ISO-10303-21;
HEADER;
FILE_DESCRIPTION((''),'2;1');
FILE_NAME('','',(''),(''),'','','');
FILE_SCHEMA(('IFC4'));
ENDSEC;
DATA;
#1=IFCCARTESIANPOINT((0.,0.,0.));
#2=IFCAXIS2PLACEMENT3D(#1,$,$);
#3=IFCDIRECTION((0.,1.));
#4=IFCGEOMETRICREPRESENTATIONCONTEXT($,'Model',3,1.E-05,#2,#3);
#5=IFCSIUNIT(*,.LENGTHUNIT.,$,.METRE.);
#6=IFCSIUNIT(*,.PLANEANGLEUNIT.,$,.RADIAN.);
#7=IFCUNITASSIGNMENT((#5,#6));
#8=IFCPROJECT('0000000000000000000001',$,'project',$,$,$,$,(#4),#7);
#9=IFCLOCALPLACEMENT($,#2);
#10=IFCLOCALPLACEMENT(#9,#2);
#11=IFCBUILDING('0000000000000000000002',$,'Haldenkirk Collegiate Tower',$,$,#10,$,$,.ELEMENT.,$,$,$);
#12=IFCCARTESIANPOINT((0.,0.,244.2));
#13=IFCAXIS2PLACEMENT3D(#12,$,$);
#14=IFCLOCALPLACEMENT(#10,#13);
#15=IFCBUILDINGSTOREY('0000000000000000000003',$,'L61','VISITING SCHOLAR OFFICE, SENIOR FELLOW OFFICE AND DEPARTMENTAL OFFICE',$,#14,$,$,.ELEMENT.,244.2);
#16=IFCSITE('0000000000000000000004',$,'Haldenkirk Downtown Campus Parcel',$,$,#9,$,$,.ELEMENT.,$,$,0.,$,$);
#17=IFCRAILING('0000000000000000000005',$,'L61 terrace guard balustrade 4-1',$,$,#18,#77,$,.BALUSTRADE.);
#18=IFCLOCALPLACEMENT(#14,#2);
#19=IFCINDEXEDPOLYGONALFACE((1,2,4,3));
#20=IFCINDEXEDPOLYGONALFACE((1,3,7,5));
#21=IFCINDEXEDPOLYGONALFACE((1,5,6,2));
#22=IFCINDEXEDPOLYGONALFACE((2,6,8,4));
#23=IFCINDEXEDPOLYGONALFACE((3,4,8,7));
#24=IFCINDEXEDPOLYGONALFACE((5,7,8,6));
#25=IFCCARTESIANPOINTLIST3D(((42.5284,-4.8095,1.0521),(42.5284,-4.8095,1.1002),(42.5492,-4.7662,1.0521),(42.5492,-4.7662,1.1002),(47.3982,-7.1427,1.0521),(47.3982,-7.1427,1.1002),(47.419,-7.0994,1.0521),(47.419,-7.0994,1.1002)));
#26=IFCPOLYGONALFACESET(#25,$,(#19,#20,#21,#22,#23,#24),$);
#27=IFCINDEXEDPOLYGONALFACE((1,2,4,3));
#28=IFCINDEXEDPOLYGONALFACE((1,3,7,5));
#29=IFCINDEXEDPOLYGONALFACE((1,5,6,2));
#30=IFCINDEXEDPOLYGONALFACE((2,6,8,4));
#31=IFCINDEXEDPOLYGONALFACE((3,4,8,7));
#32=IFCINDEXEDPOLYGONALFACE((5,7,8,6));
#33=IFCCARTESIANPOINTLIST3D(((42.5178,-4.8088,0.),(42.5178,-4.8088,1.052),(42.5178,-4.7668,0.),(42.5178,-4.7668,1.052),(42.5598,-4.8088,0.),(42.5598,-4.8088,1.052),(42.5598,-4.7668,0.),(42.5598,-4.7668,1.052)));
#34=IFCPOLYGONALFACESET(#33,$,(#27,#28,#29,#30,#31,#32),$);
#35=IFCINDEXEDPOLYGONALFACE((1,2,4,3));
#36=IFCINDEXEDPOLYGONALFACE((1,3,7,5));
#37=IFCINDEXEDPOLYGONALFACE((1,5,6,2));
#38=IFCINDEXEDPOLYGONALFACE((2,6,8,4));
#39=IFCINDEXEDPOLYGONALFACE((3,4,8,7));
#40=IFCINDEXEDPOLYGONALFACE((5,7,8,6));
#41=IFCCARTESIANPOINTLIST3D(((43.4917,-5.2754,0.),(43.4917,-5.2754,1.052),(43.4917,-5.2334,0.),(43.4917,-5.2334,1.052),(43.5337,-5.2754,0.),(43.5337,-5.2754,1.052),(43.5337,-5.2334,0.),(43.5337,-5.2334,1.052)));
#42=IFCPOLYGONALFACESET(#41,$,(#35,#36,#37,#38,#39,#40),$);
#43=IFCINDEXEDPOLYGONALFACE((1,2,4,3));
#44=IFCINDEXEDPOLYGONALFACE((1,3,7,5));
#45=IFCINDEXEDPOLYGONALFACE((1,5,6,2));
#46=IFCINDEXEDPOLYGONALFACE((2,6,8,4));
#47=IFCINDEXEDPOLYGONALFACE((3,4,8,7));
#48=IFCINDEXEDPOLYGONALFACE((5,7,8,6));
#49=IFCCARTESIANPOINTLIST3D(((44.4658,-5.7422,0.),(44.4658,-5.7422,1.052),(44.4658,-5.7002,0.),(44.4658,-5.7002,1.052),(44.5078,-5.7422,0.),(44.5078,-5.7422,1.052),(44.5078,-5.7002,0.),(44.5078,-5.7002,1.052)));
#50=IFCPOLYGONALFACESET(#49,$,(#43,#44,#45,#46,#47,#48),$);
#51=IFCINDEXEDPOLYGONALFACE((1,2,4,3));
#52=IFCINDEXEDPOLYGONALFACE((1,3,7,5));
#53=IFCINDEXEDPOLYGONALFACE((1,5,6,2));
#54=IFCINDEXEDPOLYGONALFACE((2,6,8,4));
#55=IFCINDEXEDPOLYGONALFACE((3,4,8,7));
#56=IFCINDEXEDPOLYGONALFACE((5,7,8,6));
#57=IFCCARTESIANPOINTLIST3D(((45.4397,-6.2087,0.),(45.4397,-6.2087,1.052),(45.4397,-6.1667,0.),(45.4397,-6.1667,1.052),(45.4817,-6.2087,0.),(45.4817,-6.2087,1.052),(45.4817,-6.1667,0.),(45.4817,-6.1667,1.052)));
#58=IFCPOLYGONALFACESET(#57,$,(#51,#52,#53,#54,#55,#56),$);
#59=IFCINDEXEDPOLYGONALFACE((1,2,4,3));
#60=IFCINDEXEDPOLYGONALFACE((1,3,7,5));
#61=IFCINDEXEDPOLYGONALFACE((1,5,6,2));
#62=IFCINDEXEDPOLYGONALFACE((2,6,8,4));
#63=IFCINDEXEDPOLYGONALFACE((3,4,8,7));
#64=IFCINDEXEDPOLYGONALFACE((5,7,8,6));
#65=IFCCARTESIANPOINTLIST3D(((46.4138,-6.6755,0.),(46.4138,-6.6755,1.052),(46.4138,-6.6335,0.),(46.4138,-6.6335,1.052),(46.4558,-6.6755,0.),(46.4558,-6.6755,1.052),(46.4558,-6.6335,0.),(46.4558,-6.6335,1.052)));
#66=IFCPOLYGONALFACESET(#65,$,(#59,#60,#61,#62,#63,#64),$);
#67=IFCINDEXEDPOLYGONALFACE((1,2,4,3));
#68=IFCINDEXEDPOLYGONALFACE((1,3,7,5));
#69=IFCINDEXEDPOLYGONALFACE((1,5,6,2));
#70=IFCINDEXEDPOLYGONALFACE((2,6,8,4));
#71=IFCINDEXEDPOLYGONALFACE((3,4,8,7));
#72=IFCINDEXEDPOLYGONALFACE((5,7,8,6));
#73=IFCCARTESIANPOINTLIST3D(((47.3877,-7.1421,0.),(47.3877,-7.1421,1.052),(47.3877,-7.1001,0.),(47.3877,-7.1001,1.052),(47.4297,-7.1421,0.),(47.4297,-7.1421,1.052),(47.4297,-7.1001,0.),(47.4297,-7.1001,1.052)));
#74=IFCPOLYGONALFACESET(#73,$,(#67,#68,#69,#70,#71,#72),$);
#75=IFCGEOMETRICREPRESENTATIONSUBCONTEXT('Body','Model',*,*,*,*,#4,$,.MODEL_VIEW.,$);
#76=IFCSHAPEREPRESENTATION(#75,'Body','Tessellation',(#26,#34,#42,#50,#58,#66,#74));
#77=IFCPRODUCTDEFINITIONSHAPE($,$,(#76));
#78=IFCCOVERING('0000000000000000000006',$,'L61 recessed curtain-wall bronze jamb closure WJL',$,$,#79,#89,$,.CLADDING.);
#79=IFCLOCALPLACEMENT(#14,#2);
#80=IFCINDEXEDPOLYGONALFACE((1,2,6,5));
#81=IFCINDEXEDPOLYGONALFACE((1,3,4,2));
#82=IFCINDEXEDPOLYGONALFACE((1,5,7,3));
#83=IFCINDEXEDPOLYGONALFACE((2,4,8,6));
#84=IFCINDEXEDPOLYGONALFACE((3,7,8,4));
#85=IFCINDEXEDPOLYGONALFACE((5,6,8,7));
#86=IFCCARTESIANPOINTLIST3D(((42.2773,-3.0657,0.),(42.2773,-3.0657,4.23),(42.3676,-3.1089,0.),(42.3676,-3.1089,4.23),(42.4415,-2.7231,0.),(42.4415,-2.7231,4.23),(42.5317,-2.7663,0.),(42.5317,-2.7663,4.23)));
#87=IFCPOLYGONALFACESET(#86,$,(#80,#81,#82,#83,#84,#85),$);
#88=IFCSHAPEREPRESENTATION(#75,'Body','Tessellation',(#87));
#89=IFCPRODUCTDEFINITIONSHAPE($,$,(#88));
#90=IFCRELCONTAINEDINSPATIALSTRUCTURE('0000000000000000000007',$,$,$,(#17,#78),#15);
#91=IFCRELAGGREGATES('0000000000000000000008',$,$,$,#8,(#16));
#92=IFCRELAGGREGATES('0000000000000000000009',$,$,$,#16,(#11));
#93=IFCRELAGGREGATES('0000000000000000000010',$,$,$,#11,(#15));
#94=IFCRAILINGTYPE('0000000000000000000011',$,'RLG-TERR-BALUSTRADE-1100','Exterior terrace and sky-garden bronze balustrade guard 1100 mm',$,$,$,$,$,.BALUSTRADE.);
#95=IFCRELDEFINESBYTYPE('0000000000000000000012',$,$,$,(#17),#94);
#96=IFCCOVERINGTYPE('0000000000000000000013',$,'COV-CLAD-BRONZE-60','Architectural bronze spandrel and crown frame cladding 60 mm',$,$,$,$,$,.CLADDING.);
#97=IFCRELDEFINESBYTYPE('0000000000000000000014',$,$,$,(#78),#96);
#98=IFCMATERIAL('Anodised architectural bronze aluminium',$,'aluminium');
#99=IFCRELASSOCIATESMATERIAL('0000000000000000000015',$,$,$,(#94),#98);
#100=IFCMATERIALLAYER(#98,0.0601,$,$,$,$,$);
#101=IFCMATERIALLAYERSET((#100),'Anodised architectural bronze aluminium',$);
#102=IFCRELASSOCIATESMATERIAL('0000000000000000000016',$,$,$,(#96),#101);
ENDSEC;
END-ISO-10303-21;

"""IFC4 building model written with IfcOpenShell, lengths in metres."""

from ifc_helpers import new_model, si_unit, direction, frame, origin, origin_2d, place, context, subcontext, project, spatial, rectangle, extrude, source, transform, mapped, material, layer, layer_set, type_object, element, save


model = new_model("IFC4")

# Units and contexts
model_context = context("Model", 3, precision=1e-05, world=origin(), true_north=direction((0.0, 1.0)))
body_context = subcontext(model_context, "Body", "Model", "MODEL_VIEW")
ifc_project = project(units=[si_unit("LENGTHUNIT", "METRE"), si_unit("PLANEANGLEUNIT", "RADIAN")], contexts=[model_context])

# Site, building, storey
site_placement = place(None, origin())
site = spatial("IfcSite", under=ifc_project, at=site_placement, Name="Haldenkirk Downtown Campus Parcel", CompositionType="ELEMENT", RefElevation=0.0)
building_placement = place(site_placement, origin())
building = spatial("IfcBuilding", under=site, at=building_placement, Name="Haldenkirk Collegiate Tower", CompositionType="ELEMENT")
storey_placement = place(building_placement, frame((0.0, 0.0, 244.2)))
storey = spatial("IfcBuildingStorey", under=building, at=storey_placement, Name="L61", Description="VISITING SCHOLAR OFFICE, SENIOR FELLOW OFFICE AND DEPARTMENTAL OFFICE", CompositionType="ELEMENT", Elevation=244.2)

# Shared definitions
ifc_material_1 = material(Name="Anodised architectural bronze aluminium", Category="aluminium")

# Railing
railing_type = type_object("IfcRailingType", Name="RLG-TERR-BALUSTRADE-1100", Description="Exterior terrace and sky-garden bronze balustrade guard 1100 mm", PredefinedType="BALUSTRADE", material=ifc_material_1)
railing_1_placement = place(storey_placement, frame((42.5388, -4.7878, 0.0)))
element("IfcRailing", 1, at=railing_1_placement, inside=storey, type_object=railing_type, Name="L61 terrace guard balustrade 4-1", PredefinedType="BALUSTRADE", context=body_context, shape_type="SweptSolid", body=[
    extrude(rectangle(XDim=0.0481, YDim=0.0481, at=origin_2d()), frame((0.0, 0.0, 1.0762), z_axis=(0.901833, -0.432086, 0.0), x_axis=(0.432086, 0.901833, 0.0)), (0.0, 0.0, 1.0), 5.3999),
    extrude(rectangle(XDim=0.042, YDim=0.042, at=origin_2d()), origin(), (0.0, 0.0, 1.0), 1.052),
    extrude(rectangle(XDim=0.042, YDim=0.042, at=origin_2d()), frame((0.9739, -0.4666, 0.0)), (0.0, 0.0, 1.0), 1.052),
    extrude(rectangle(XDim=0.042, YDim=0.042, at=origin_2d()), frame((1.948, -0.9333, 0.0)), (0.0, 0.0, 1.0), 1.052),
    extrude(rectangle(XDim=0.042, YDim=0.042, at=origin_2d()), frame((2.9219, -1.3999, 0.0)), (0.0, 0.0, 1.0), 1.052),
    extrude(rectangle(XDim=0.042, YDim=0.042, at=origin_2d()), frame((3.896, -1.8667, 0.0)), (0.0, 0.0, 1.0), 1.052),
    extrude(rectangle(XDim=0.042, YDim=0.042, at=origin_2d()), frame((4.8699, -2.3333, 0.0)), (0.0, 0.0, 1.0), 1.052),
])

# Covering
ifc_layer_1 = layer(ifc_material_1, 0.0601)
ifc_layer_set_1 = layer_set([ifc_layer_1], Name="Anodised architectural bronze aluminium")
covering_type = type_object("IfcCoveringType", Name="COV-CLAD-BRONZE-60", Description="Architectural bronze spandrel and crown frame cladding 60 mm", PredefinedType="CLADDING", material=ifc_layer_set_1)
shared_shape_1 = source(origin(), body_context, "Body", "SweptSolid", [
    extrude(rectangle(XDim=0.1001, YDim=0.3799, at=origin_2d()), origin(), (0.0, 0.0, 1.0), 4.23),
])
covering_placement = place(storey_placement, frame((42.4045, -2.916, 0.0), z_axis=(0.0, 0.0, 1.0), x_axis=(-0.901833, 0.432086, 0.0)))
element("IfcCovering", 2, at=covering_placement, inside=storey, type_object=covering_type, Name="L61 recessed curtain-wall bronze jamb closure WJL", PredefinedType="CLADDING", context=body_context, shape_type="MappedRepresentation", body=[
    mapped(shared_shape_1, transform((0.0, 0.0, 0.0), x_axis=(1.0, 0.0, 0.0), y_axis=(0.0, 1.0, 0.0), z_axis=(0.0, 0.0, 1.0), scale=1.0)),
])

save(model, "model.ifc")
